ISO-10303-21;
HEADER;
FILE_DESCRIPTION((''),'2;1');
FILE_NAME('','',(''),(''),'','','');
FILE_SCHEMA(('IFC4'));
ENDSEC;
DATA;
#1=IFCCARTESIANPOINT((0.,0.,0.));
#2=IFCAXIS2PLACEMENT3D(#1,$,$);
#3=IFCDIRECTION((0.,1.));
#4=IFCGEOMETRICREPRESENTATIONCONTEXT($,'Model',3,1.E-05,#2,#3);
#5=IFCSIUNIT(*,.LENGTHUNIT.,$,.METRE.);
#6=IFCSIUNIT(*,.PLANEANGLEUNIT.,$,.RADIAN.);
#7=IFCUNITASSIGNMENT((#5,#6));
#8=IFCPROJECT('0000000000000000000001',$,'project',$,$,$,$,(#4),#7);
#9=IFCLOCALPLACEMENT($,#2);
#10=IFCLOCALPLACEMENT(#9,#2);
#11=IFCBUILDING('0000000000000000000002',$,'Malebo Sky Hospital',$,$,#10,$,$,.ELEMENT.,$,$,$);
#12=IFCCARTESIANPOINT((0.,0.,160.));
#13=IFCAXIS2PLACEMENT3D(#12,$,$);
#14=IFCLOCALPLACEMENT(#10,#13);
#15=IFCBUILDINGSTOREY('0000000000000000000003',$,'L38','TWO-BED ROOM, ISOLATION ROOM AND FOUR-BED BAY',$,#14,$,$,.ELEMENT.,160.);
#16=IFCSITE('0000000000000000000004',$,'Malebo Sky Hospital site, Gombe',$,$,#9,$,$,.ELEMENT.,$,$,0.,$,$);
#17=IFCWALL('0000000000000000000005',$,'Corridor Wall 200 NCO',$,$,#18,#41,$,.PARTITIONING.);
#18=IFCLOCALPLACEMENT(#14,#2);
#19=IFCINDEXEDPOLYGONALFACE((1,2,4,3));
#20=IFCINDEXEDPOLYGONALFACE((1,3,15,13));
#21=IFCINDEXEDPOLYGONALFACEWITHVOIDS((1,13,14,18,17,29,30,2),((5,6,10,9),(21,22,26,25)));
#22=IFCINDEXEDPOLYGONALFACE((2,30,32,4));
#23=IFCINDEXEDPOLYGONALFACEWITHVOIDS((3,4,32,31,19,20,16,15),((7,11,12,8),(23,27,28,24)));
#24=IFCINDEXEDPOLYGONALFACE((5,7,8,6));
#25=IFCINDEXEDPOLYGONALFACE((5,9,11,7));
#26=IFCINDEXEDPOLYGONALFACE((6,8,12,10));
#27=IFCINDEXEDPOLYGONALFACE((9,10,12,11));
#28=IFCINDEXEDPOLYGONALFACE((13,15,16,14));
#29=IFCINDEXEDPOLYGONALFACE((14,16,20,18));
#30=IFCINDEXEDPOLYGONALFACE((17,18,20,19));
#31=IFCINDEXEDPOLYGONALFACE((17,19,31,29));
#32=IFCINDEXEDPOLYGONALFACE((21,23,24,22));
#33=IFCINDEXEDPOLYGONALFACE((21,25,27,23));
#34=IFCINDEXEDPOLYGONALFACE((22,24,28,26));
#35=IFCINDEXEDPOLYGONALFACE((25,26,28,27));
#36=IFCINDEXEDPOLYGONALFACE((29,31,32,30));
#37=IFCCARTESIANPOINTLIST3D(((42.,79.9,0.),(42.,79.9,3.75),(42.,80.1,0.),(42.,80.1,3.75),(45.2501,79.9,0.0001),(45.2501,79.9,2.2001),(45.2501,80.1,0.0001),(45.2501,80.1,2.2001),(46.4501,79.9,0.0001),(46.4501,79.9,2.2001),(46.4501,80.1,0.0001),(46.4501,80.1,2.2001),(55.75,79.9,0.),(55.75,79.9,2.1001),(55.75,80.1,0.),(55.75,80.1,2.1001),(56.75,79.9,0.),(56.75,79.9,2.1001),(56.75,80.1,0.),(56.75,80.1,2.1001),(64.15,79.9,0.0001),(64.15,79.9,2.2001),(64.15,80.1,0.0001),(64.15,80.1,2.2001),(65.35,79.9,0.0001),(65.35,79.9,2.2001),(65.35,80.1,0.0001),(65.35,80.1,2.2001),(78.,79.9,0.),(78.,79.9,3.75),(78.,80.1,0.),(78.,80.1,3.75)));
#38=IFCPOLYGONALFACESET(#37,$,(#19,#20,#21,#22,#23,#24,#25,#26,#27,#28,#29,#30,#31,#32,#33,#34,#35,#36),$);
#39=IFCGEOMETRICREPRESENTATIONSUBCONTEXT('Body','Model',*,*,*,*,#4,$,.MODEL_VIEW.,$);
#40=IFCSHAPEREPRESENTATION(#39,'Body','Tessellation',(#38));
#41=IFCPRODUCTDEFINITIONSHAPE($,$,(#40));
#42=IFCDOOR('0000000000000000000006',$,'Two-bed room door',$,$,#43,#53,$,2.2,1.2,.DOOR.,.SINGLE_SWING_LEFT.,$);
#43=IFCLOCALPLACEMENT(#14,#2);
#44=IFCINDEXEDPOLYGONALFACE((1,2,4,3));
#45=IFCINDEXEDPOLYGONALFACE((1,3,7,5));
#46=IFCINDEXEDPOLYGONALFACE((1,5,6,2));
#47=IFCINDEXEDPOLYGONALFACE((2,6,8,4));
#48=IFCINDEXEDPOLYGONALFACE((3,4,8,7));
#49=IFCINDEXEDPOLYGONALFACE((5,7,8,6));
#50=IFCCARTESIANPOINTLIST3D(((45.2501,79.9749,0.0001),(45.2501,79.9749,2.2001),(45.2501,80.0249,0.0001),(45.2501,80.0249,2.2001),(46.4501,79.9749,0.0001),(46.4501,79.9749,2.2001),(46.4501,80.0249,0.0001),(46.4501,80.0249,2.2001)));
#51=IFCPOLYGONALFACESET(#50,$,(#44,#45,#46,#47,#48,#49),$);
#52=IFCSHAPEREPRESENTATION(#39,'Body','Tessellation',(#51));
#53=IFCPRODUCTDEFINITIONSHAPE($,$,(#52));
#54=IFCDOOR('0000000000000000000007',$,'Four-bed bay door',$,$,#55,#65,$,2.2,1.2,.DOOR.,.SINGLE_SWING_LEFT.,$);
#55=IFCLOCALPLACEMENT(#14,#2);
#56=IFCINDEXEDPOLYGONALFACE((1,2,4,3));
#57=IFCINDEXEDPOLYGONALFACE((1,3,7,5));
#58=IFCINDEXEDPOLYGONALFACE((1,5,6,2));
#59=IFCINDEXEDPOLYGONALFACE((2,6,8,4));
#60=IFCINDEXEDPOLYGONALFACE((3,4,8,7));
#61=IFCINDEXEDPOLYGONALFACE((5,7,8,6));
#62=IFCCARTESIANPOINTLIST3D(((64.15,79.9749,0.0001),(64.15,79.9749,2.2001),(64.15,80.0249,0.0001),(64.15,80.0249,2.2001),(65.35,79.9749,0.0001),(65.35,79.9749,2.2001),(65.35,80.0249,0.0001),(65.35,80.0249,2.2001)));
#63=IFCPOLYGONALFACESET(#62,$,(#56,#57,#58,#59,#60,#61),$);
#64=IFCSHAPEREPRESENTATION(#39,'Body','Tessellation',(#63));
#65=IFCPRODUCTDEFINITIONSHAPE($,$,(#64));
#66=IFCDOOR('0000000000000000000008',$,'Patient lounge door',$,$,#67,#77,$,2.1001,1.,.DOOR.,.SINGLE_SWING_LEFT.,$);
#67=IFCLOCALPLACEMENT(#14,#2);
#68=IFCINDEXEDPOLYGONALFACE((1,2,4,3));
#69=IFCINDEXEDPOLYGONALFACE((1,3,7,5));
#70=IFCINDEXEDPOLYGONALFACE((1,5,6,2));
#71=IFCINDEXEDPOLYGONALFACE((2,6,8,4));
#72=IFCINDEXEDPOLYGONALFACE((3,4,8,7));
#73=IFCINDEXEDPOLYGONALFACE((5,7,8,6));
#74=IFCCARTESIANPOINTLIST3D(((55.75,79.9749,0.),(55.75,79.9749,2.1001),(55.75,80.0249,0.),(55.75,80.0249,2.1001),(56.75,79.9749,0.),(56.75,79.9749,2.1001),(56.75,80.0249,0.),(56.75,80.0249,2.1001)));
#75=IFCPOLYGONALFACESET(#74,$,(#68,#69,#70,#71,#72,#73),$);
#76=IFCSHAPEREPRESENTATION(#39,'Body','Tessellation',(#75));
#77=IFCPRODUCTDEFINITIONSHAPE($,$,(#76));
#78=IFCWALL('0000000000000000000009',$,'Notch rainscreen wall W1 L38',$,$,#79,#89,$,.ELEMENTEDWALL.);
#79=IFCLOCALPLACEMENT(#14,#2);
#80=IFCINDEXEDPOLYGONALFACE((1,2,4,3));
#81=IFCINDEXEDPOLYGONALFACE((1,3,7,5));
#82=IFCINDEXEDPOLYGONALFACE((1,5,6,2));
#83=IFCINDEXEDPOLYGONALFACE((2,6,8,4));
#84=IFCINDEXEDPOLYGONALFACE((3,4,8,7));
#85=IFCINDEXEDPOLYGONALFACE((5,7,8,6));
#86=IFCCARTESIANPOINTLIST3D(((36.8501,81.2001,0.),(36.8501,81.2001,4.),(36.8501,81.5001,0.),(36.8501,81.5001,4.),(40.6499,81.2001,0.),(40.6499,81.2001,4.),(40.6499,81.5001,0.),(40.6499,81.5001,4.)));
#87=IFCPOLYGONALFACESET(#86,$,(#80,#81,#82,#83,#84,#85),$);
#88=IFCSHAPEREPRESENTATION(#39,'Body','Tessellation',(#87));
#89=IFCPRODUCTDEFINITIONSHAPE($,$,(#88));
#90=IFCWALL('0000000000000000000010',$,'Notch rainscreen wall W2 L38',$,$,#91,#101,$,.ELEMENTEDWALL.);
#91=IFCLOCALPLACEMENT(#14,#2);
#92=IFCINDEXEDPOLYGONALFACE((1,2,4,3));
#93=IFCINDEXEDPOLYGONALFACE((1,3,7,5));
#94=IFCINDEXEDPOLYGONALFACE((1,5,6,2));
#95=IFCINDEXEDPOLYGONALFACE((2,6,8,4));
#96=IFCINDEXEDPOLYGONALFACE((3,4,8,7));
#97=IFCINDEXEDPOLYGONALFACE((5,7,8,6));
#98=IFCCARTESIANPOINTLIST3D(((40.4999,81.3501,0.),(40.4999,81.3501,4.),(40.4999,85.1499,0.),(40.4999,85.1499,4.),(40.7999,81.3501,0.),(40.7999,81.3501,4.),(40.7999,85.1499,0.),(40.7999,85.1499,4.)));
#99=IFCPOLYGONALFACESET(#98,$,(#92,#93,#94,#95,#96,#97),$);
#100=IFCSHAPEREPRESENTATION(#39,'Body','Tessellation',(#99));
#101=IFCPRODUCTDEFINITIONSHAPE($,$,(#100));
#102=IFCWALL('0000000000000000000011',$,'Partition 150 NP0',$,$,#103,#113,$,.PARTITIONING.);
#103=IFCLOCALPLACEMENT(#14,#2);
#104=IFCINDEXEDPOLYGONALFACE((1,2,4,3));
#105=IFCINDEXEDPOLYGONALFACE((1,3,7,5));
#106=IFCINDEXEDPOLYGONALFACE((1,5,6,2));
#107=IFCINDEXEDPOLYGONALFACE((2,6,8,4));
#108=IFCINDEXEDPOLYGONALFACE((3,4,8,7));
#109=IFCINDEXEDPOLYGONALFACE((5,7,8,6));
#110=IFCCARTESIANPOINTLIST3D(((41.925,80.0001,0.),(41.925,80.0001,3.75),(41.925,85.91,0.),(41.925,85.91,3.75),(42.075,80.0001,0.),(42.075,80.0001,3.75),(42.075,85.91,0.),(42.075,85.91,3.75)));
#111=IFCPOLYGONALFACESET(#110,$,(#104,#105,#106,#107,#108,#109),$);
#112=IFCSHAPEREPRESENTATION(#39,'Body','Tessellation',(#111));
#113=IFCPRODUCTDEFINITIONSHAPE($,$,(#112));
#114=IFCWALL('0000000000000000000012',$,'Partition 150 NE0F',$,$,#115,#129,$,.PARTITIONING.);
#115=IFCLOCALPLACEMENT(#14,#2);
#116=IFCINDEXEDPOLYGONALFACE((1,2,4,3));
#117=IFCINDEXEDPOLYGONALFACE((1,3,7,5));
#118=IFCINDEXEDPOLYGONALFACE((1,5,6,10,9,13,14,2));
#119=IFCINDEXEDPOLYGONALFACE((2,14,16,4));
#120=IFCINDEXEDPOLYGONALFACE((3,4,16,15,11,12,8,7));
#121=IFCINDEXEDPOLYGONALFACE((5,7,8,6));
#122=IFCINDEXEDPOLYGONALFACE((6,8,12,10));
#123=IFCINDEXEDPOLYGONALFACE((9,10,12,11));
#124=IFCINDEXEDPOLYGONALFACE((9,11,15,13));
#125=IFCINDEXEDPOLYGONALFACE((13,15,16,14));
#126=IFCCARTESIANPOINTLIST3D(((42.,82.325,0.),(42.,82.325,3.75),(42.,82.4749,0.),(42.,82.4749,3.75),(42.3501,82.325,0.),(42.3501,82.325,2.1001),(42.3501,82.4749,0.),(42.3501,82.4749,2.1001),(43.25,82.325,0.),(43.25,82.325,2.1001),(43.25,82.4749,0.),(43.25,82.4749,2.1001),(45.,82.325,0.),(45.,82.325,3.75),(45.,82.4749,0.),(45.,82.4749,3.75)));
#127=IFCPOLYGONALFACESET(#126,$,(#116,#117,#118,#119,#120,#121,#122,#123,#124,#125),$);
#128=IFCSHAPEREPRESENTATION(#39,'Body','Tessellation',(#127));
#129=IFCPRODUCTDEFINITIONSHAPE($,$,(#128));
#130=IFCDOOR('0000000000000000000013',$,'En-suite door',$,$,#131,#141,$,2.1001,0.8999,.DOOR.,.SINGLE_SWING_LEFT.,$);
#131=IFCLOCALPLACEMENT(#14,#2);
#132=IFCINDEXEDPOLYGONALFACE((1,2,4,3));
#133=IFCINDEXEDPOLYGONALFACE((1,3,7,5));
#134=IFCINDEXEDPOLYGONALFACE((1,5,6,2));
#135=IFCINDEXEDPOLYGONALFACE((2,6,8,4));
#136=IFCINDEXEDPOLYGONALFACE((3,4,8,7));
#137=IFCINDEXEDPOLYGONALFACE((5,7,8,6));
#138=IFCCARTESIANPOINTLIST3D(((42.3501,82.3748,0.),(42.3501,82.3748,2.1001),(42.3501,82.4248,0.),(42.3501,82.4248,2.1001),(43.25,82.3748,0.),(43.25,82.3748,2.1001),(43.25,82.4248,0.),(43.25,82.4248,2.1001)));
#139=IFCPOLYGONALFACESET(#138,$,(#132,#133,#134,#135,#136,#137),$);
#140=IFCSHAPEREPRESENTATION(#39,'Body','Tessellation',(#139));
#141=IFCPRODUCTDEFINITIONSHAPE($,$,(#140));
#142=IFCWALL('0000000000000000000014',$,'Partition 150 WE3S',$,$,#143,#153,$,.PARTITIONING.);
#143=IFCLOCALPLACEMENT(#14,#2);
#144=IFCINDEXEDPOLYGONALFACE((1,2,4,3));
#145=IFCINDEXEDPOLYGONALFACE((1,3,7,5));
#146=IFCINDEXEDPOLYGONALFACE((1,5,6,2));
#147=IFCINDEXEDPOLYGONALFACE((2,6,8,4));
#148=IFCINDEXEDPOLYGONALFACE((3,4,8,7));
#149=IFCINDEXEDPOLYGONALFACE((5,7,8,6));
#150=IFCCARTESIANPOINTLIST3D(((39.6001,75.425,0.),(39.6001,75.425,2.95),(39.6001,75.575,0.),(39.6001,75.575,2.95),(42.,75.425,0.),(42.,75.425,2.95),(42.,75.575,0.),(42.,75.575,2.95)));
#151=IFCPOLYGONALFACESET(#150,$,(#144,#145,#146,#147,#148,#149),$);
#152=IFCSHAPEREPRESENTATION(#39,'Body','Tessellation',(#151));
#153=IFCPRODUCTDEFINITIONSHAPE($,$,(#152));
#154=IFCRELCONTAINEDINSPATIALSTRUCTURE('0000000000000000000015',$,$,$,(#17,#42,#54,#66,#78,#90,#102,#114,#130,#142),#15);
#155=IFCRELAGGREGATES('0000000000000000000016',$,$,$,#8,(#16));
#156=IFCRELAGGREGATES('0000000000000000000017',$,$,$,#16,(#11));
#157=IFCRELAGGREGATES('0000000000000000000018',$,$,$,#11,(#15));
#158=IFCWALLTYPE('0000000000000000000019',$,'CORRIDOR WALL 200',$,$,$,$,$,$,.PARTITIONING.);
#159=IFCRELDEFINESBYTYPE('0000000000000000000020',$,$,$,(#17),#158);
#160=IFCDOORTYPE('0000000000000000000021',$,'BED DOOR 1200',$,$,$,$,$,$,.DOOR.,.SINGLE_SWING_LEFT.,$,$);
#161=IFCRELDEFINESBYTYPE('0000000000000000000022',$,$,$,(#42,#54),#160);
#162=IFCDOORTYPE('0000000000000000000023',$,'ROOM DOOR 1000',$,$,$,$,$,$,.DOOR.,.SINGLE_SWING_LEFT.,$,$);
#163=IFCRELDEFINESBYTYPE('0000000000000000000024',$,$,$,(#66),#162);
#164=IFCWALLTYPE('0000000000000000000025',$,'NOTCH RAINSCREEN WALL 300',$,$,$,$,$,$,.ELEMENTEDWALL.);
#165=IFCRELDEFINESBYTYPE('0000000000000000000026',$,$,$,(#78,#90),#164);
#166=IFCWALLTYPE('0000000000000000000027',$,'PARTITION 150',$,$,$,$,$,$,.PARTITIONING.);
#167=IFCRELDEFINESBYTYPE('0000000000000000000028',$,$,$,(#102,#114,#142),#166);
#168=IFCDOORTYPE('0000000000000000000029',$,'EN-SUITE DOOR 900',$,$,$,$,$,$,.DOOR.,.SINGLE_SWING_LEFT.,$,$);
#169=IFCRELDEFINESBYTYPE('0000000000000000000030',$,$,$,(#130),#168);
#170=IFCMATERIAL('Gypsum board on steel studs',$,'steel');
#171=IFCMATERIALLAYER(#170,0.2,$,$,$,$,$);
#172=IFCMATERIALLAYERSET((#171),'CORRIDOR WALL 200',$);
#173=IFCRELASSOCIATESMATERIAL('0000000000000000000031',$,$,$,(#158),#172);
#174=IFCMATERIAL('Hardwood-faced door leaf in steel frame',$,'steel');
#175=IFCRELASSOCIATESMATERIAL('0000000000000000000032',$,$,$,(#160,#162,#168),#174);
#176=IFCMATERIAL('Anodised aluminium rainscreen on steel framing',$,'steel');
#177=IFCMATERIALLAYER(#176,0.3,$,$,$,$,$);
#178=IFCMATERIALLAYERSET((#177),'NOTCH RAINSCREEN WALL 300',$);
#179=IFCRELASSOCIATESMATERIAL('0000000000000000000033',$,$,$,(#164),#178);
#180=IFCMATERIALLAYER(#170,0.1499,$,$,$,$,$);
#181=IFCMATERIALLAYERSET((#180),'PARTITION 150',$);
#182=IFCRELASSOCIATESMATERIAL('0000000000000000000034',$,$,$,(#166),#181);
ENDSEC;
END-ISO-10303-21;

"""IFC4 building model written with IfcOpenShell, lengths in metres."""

from ifc_helpers import new_model, si_unit, direction, frame, frame_2d, origin, place, context, subcontext, project, spatial, rectangle, extrude, material, layer, layer_set, type_object, element, fill, save


model = new_model("IFC4")

# Units and contexts
model_context = context("Model", 3, precision=1e-05, world=origin(), true_north=direction((0.0, 1.0)))
body_context = subcontext(model_context, "Body", "Model", "MODEL_VIEW")
ifc_project = project(units=[si_unit("LENGTHUNIT", "METRE"), si_unit("PLANEANGLEUNIT", "RADIAN")], contexts=[model_context])

# Site, building, storey
site_placement = place(None, origin())
site = spatial("IfcSite", under=ifc_project, at=site_placement, Name="Malebo Sky Hospital site, Gombe", CompositionType="ELEMENT", RefElevation=0.0)
building_placement = place(site_placement, origin())
building = spatial("IfcBuilding", under=site, at=building_placement, Name="Malebo Sky Hospital", CompositionType="ELEMENT")
storey_placement = place(building_placement, frame((0.0, 0.0, 160.0)))
storey = spatial("IfcBuildingStorey", under=building, at=storey_placement, Name="L38", Description="TWO-BED ROOM, ISOLATION ROOM AND FOUR-BED BAY", CompositionType="ELEMENT", Elevation=160.0)

# Wall, openings, doors
ifc_material_1 = material(Name="Gypsum board on steel studs", Category="steel")
ifc_layer_1 = layer(ifc_material_1, 0.2)
ifc_layer_set_1 = layer_set([ifc_layer_1], Name="CORRIDOR WALL 200")
wall_type_1 = type_object("IfcWallType", Name="CORRIDOR WALL 200", PredefinedType="PARTITIONING", material=ifc_layer_set_1)
wall_1_placement = place(storey_placement, frame((42.0, 80.0, 0.0), z_axis=(0.0, 0.0, 1.0), x_axis=(1.0, 0.0, 0.0)))
wall_1 = element("IfcWall", 1, at=wall_1_placement, inside=storey, type_object=wall_type_1, Name="Corridor Wall 200 NCO", PredefinedType="PARTITIONING", context=body_context, shape_type="SweptSolid", body=[
    extrude(rectangle(XDim=36.0, YDim=0.2, at=frame_2d((18.0, 0.0))), origin(), (0.0, 0.0, 1.0), 3.75),
])
opening_1_placement = place(wall_1_placement, frame((3.25, 0.0, 0.0)))
opening_1 = element("IfcOpeningElement", 2, at=opening_1_placement, cuts=wall_1, PredefinedType="OPENING", context=body_context, shape_type="SweptSolid", body=[
    extrude(rectangle(XDim=1.2, YDim=2.2, at=frame_2d((0.6001, 1.1001))), frame((0.0, 0.1099, 0.0), z_axis=(0.0, -1.0, 0.0), x_axis=(1.0, 0.0, 0.0)), (0.0, 0.0, 1.0), 0.22),
])
opening_2_placement = place(wall_1_placement, frame((13.75, 0.0, 0.0)))
opening_2 = element("IfcOpeningElement", 3, at=opening_2_placement, cuts=wall_1, PredefinedType="OPENING", context=body_context, shape_type="SweptSolid", body=[
    extrude(rectangle(XDim=1.0, YDim=2.1001, at=frame_2d((0.5, 1.05))), frame((0.0, 0.1099, 0.0), z_axis=(0.0, -1.0, 0.0), x_axis=(1.0, 0.0, 0.0)), (0.0, 0.0, 1.0), 0.22),
])
opening_3_placement = place(wall_1_placement, frame((22.1499, 0.0, 0.0)))
opening_3 = element("IfcOpeningElement", 4, at=opening_3_placement, cuts=wall_1, PredefinedType="OPENING", context=body_context, shape_type="SweptSolid", body=[
    extrude(rectangle(XDim=1.2, YDim=2.2, at=frame_2d((0.6001, 1.1001))), frame((0.0, 0.1099, 0.0), z_axis=(0.0, -1.0, 0.0), x_axis=(1.0, 0.0, 0.0)), (0.0, 0.0, 1.0), 0.22),
])
ifc_material_2 = material(Name="Hardwood-faced door leaf in steel frame", Category="steel")
door_type_1 = type_object("IfcDoorType", Name="BED DOOR 1200", OperationType="SINGLE_SWING_LEFT", PredefinedType="DOOR", material=ifc_material_2)
door_1_placement = place(opening_1_placement, origin())
door_1 = element("IfcDoor", 5, at=door_1_placement, inside=storey, type_object=door_type_1, Name="Two-bed room door", OperationType="SINGLE_SWING_LEFT", OverallHeight=2.2, OverallWidth=1.2, PredefinedType="DOOR", context=body_context, shape_type="SweptSolid", body=[
    extrude(rectangle(XDim=1.2, YDim=2.2, at=frame_2d((0.6001, 1.1001))), frame((0.0, 0.0249, 0.0), z_axis=(0.0, -1.0, 0.0), x_axis=(1.0, 0.0, 0.0)), (0.0, 0.0, 1.0), 0.05),
])
fill(opening_1, door_1)
door_2_placement = place(opening_3_placement, origin())
door_2 = element("IfcDoor", 6, at=door_2_placement, inside=storey, type_object=door_type_1, Name="Four-bed bay door", OperationType="SINGLE_SWING_LEFT", OverallHeight=2.2, OverallWidth=1.2, PredefinedType="DOOR", context=body_context, shape_type="SweptSolid", body=[
    extrude(rectangle(XDim=1.2, YDim=2.2, at=frame_2d((0.6001, 1.1001))), frame((0.0, 0.0249, 0.0), z_axis=(0.0, -1.0, 0.0), x_axis=(1.0, 0.0, 0.0)), (0.0, 0.0, 1.0), 0.05),
])
fill(opening_3, door_2)
door_type_2 = type_object("IfcDoorType", Name="ROOM DOOR 1000", OperationType="SINGLE_SWING_LEFT", PredefinedType="DOOR", material=ifc_material_2)
door_3_placement = place(opening_2_placement, origin())
door_3 = element("IfcDoor", 7, at=door_3_placement, inside=storey, type_object=door_type_2, Name="Patient lounge door", OperationType="SINGLE_SWING_LEFT", OverallHeight=2.1001, OverallWidth=1.0, PredefinedType="DOOR", context=body_context, shape_type="SweptSolid", body=[
    extrude(rectangle(XDim=1.0, YDim=2.1001, at=frame_2d((0.5, 1.05))), frame((0.0, 0.0249, 0.0), z_axis=(0.0, -1.0, 0.0), x_axis=(1.0, 0.0, 0.0)), (0.0, 0.0, 1.0), 0.05),
])
fill(opening_2, door_3)

# Walls
ifc_material_3 = material(Name="Anodised aluminium rainscreen on steel framing", Category="steel")
ifc_layer_2 = layer(ifc_material_3, 0.3)
ifc_layer_set_2 = layer_set([ifc_layer_2], Name="NOTCH RAINSCREEN WALL 300")
wall_type_2 = type_object("IfcWallType", Name="NOTCH RAINSCREEN WALL 300", PredefinedType="ELEMENTEDWALL", material=ifc_layer_set_2)
for number, where, z_axis, x_axis, name in (
    (8, (36.8501, 81.3501, 0.0), (0.0, 0.0, 1.0), (1.0, 0.0, 0.0), "Notch rainscreen wall W1 L38"),
    (9, (40.6499, 81.3501, 0.0), (0.0, 0.0, 1.0), (0.0, 1.0, 0.0), "Notch rainscreen wall W2 L38"),
):
    element("IfcWall", number, at=place(storey_placement, frame(where, z_axis=z_axis, x_axis=x_axis)), inside=storey, type_object=wall_type_2, Name=name, PredefinedType="ELEMENTEDWALL", context=body_context, shape_type="SweptSolid", body=[
        extrude(rectangle(XDim=3.7998, YDim=0.3, at=frame_2d((1.8999, 0.0))), origin(), (0.0, 0.0, 1.0), 4.0),
    ])
ifc_layer_3 = layer(ifc_material_1, 0.1499)
ifc_layer_set_3 = layer_set([ifc_layer_3], Name="PARTITION 150")
wall_type_3 = type_object("IfcWallType", Name="PARTITION 150", PredefinedType="PARTITIONING", material=ifc_layer_set_3)
wall_2_placement = place(storey_placement, frame((42.0, 80.0, 0.0), z_axis=(0.0, 0.0, 1.0), x_axis=(0.0, 1.0, 0.0)))
element("IfcWall", 10, at=wall_2_placement, inside=storey, type_object=wall_type_3, Name="Partition 150 NP0", PredefinedType="PARTITIONING", context=body_context, shape_type="SweptSolid", body=[
    extrude(rectangle(XDim=5.9099, YDim=0.1499, at=frame_2d((2.9551, 0.0))), origin(), (0.0, 0.0, 1.0), 3.75),
])

# Wall, opening, door
wall_3_placement = place(storey_placement, frame((42.0, 82.3999, 0.0), z_axis=(0.0, 0.0, 1.0), x_axis=(1.0, 0.0, 0.0)))
wall_3 = element("IfcWall", 11, at=wall_3_placement, inside=storey, type_object=wall_type_3, Name="Partition 150 NE0F", PredefinedType="PARTITIONING", context=body_context, shape_type="SweptSolid", body=[
    extrude(rectangle(XDim=3.0, YDim=0.1499, at=frame_2d((1.5, 0.0))), origin(), (0.0, 0.0, 1.0), 3.75),
])
opening_4_placement = place(wall_3_placement, frame((0.3501, 0.0, 0.0)))
opening_4 = element("IfcOpeningElement", 12, at=opening_4_placement, cuts=wall_3, PredefinedType="OPENING", context=body_context, shape_type="SweptSolid", body=[
    extrude(rectangle(XDim=0.8999, YDim=2.1001, at=frame_2d((0.45, 1.05))), frame((0.0, 0.085, 0.0), z_axis=(0.0, -1.0, 0.0), x_axis=(1.0, 0.0, 0.0)), (0.0, 0.0, 1.0), 0.1699),
])
door_type_3 = type_object("IfcDoorType", Name="EN-SUITE DOOR 900", OperationType="SINGLE_SWING_LEFT", PredefinedType="DOOR", material=ifc_material_2)
door_4_placement = place(opening_4_placement, origin())
door_4 = element("IfcDoor", 13, at=door_4_placement, inside=storey, type_object=door_type_3, Name="En-suite door", OperationType="SINGLE_SWING_LEFT", OverallHeight=2.1001, OverallWidth=0.8999, PredefinedType="DOOR", context=body_context, shape_type="SweptSolid", body=[
    extrude(rectangle(XDim=0.8999, YDim=2.1001, at=frame_2d((0.45, 1.05))), frame((0.0, 0.0249, 0.0), z_axis=(0.0, -1.0, 0.0), x_axis=(1.0, 0.0, 0.0)), (0.0, 0.0, 1.0), 0.05),
])
fill(opening_4, door_4)

# Wall
wall_4_placement = place(storey_placement, frame((42.0, 75.5, 0.0), z_axis=(0.0, 0.0, 1.0), x_axis=(-1.0, 0.0, 0.0)))
element("IfcWall", 14, at=wall_4_placement, inside=storey, type_object=wall_type_3, Name="Partition 150 WE3S", PredefinedType="PARTITIONING", context=body_context, shape_type="SweptSolid", body=[
    extrude(rectangle(XDim=2.3999, YDim=0.1499, at=frame_2d((1.2, 0.0))), origin(), (0.0, 0.0, 1.0), 2.95),
])

save(model, "model.ifc")
